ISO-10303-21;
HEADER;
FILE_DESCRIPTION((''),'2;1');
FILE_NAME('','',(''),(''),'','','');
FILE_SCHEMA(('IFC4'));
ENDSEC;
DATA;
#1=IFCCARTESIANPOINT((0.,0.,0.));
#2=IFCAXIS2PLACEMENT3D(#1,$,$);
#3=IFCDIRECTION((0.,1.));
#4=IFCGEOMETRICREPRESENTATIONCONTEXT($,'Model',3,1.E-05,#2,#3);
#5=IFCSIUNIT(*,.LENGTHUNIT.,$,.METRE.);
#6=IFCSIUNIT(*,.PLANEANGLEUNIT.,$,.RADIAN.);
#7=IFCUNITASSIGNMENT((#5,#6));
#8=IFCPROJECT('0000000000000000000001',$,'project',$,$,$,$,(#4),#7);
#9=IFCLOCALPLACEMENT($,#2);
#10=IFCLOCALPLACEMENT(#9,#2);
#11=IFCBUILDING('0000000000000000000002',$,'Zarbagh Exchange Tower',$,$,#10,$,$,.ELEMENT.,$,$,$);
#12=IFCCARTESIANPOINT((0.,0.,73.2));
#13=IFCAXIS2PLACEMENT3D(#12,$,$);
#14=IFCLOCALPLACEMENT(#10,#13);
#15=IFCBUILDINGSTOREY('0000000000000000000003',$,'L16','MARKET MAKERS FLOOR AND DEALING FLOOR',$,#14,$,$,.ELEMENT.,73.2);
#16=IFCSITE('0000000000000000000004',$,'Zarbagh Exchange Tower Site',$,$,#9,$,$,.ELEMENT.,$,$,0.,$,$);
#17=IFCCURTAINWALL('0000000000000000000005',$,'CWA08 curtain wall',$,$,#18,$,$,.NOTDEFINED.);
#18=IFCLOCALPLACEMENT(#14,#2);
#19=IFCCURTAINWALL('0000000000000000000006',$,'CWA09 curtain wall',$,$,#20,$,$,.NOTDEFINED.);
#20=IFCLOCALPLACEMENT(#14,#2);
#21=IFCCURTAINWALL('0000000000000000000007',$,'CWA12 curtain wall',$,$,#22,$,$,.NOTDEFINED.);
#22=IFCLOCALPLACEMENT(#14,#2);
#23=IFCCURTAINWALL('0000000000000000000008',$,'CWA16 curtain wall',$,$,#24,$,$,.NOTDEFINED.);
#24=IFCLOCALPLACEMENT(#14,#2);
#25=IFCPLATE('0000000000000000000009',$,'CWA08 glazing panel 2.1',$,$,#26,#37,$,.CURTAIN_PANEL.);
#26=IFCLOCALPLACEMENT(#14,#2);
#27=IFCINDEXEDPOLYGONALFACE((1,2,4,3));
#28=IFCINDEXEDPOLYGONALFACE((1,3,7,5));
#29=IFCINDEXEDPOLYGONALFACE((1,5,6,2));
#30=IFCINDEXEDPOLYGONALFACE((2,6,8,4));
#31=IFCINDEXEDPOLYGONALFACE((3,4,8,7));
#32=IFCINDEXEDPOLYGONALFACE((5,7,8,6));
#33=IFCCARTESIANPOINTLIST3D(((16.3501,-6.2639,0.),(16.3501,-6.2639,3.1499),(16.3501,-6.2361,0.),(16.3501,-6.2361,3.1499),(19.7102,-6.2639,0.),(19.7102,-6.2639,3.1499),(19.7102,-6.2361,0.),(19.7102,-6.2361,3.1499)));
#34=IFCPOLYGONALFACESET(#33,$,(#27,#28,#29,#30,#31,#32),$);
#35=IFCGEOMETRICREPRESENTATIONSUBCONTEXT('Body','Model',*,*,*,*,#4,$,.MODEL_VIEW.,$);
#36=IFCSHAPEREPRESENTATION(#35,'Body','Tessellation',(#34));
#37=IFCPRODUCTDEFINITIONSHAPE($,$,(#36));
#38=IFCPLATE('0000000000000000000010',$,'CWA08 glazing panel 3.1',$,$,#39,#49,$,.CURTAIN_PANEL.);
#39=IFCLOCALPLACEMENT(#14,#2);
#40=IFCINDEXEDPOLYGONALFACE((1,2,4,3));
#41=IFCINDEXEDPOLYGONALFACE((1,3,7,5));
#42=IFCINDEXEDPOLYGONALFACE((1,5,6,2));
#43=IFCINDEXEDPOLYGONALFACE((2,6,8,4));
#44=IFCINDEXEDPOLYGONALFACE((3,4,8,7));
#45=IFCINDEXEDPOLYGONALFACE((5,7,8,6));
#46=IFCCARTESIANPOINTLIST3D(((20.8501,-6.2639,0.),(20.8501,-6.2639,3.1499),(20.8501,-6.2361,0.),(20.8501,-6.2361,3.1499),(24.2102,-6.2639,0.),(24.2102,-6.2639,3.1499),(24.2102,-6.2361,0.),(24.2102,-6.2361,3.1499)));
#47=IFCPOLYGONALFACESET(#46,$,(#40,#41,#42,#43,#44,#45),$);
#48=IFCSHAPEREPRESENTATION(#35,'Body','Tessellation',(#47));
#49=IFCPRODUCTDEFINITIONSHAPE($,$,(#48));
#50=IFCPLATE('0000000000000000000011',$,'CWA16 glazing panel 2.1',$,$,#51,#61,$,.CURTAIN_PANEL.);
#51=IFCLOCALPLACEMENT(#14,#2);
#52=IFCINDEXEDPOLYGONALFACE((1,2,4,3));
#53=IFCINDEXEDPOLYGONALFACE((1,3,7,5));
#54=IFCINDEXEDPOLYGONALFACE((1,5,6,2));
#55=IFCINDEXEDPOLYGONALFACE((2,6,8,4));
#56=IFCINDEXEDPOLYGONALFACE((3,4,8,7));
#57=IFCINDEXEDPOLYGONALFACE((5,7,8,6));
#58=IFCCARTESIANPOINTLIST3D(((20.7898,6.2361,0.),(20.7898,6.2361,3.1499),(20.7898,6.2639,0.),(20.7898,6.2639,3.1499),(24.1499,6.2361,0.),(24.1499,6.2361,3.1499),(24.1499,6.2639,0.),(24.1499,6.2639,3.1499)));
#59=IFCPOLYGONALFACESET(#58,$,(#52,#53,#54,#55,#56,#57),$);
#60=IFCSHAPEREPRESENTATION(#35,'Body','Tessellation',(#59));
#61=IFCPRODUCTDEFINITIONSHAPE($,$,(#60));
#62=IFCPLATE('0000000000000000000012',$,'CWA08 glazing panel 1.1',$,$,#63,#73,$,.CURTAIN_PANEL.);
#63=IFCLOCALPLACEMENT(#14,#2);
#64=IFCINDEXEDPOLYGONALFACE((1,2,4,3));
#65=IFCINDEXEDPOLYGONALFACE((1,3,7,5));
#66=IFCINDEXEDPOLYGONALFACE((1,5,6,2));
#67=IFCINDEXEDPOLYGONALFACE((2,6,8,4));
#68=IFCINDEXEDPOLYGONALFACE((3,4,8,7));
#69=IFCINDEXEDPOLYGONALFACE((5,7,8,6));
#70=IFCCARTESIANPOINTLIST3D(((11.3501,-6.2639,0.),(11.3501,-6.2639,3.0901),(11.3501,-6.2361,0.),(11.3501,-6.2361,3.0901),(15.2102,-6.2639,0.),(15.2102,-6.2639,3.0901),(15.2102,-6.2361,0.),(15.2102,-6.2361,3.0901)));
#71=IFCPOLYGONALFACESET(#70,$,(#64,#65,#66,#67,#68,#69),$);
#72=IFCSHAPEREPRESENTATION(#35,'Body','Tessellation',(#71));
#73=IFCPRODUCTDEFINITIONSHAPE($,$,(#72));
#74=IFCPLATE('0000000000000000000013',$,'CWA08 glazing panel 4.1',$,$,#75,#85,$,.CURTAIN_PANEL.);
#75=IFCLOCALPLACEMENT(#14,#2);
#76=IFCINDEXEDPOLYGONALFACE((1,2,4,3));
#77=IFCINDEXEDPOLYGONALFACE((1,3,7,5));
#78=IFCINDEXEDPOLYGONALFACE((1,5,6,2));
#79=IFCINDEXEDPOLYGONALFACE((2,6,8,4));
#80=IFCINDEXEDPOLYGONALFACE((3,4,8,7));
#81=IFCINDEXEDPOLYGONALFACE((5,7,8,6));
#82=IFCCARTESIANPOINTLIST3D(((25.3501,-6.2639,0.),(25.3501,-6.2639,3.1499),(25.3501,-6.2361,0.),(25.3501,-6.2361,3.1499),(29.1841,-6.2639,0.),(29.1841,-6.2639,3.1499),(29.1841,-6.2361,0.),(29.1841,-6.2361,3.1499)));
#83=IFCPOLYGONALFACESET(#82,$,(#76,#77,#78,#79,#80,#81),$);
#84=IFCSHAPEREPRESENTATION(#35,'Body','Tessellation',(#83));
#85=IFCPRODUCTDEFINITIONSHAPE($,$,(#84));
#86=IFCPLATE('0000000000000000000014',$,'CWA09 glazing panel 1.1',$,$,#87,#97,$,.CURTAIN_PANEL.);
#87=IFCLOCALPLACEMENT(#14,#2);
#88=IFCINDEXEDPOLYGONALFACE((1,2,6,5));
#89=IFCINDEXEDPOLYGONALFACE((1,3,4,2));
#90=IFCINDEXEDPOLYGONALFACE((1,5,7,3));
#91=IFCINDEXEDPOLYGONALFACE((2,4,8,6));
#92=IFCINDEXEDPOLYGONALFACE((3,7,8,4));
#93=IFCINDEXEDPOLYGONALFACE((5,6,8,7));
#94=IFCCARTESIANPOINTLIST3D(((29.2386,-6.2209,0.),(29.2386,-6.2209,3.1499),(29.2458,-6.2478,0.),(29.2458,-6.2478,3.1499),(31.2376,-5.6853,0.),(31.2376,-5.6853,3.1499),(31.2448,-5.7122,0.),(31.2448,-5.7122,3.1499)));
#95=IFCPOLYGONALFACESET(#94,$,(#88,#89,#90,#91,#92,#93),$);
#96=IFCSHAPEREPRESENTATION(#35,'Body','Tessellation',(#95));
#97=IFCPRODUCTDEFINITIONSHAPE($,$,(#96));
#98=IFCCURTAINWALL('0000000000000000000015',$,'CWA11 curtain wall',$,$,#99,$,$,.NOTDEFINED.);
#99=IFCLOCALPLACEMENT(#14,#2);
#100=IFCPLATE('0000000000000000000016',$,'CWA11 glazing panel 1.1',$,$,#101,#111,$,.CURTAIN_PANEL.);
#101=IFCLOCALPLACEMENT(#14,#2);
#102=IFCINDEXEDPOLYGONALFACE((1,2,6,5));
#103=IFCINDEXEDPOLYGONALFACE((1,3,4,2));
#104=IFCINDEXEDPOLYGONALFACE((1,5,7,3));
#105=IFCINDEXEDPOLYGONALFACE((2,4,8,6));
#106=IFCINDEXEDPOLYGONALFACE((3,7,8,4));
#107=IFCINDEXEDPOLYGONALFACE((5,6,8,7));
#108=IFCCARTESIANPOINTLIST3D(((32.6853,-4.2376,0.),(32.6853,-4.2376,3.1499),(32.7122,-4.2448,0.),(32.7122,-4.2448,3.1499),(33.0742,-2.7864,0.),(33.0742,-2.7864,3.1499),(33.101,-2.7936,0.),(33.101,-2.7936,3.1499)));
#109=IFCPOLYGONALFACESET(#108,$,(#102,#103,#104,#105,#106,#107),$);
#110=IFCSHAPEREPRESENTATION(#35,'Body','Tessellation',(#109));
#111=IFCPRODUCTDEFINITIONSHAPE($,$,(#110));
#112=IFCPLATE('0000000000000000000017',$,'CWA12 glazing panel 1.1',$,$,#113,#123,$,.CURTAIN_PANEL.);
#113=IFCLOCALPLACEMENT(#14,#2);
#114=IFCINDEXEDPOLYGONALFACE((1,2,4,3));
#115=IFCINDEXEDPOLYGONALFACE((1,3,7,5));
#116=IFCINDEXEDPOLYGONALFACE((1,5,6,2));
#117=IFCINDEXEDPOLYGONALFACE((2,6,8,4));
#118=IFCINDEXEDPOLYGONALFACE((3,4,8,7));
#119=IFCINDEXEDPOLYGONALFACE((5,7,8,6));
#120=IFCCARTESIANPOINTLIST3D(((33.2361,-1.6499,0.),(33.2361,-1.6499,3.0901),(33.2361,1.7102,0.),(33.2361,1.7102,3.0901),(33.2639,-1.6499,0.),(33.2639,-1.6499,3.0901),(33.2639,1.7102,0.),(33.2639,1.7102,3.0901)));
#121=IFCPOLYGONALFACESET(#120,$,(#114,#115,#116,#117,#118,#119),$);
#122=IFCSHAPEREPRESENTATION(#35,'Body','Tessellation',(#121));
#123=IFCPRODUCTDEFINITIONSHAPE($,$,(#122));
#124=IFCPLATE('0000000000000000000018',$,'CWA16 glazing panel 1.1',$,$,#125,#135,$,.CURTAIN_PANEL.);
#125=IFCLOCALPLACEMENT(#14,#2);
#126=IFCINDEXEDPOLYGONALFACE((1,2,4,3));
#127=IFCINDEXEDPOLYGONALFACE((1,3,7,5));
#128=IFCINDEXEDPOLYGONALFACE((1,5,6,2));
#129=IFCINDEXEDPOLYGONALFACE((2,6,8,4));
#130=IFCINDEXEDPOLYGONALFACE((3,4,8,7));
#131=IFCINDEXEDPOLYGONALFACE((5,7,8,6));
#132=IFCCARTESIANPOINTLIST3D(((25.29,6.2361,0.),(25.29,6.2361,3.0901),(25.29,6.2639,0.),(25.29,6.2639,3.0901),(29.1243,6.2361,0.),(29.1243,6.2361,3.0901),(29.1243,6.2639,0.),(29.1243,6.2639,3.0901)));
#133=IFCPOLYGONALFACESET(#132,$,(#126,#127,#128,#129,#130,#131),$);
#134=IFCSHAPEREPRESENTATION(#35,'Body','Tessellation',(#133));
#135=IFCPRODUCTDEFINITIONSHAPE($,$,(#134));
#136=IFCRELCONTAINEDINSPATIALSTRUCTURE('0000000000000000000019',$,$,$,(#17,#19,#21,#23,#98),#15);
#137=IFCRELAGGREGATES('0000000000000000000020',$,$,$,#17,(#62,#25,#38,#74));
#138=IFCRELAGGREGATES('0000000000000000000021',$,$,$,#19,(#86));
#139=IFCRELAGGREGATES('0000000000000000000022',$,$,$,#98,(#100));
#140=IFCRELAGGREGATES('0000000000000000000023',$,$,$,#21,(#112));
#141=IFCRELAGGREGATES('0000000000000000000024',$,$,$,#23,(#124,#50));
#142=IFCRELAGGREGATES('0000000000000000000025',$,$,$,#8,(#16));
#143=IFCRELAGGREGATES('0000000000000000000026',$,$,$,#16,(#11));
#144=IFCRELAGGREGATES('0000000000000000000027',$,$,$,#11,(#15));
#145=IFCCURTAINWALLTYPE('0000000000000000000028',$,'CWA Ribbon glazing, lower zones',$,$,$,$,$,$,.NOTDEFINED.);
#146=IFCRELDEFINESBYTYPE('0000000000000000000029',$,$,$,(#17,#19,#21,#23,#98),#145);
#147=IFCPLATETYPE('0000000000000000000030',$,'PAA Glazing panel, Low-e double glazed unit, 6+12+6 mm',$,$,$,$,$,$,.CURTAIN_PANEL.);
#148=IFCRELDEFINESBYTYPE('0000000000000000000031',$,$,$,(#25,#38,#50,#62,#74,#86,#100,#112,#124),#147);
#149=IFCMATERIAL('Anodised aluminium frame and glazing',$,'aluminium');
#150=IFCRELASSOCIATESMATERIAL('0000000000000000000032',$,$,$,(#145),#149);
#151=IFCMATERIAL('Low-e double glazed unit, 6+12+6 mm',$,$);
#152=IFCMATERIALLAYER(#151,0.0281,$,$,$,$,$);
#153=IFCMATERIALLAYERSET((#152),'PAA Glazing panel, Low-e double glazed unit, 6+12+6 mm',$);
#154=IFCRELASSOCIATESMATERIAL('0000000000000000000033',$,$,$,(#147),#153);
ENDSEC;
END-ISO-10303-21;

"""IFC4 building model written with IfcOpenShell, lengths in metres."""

from ifc_helpers import new_model, si_unit, direction, frame, origin, place, context, subcontext, project, spatial, polyline, outline, extrude, source, transform, mapped, material, layer, layer_set, type_object, element, aggregate, save


model = new_model("IFC4")

# Units and contexts
model_context = context("Model", 3, precision=1e-05, world=origin(), true_north=direction((0.0, 1.0)))
body_context = subcontext(model_context, "Body", "Model", "MODEL_VIEW")
ifc_project = project(units=[si_unit("LENGTHUNIT", "METRE"), si_unit("PLANEANGLEUNIT", "RADIAN")], contexts=[model_context])

# Site, building, storey
site_placement = place(None, origin())
site = spatial("IfcSite", under=ifc_project, at=site_placement, Name="Zarbagh Exchange Tower Site", CompositionType="ELEMENT", RefElevation=0.0)
building_placement = place(site_placement, origin())
building = spatial("IfcBuilding", under=site, at=building_placement, Name="Zarbagh Exchange Tower", CompositionType="ELEMENT")
storey_placement = place(building_placement, frame((0.0, 0.0, 73.2)))
storey = spatial("IfcBuildingStorey", under=building, at=storey_placement, Name="L16", Description="MARKET MAKERS FLOOR AND DEALING FLOOR", CompositionType="ELEMENT", Elevation=73.2)

# Curtain wall
ifc_material_1 = material(Name="Anodised aluminium frame and glazing", Category="aluminium")
curtain_wall_type = type_object("IfcCurtainWallType", Name="CWA Ribbon glazing, lower zones", PredefinedType="NOTDEFINED", material=ifc_material_1)
curtain_wall_1_placement = place(storey_placement, origin())
curtain_wall_1 = element("IfcCurtainWall", 1, at=curtain_wall_1_placement, inside=storey, type_object=curtain_wall_type, Name="CWA08 curtain wall", PredefinedType="NOTDEFINED")
placement = place(storey_placement, origin())

# Curtain walls
curtain_wall_2_placement = place(storey_placement, origin())
curtain_wall_2 = element("IfcCurtainWall", 2, at=curtain_wall_2_placement, inside=storey, type_object=curtain_wall_type, Name="CWA09 curtain wall", PredefinedType="NOTDEFINED")
curtain_wall_3_placement = place(storey_placement, origin())
curtain_wall_3 = element("IfcCurtainWall", 3, at=curtain_wall_3_placement, inside=storey, type_object=curtain_wall_type, Name="CWA12 curtain wall", PredefinedType="NOTDEFINED")

# Curtain wall
curtain_wall_4_placement = place(storey_placement, origin())
curtain_wall_4 = element("IfcCurtainWall", 4, at=curtain_wall_4_placement, inside=storey, type_object=curtain_wall_type, Name="CWA16 curtain wall", PredefinedType="NOTDEFINED")

# Shared definitions
ifc_material_2 = material(Name="Low-e double glazed unit, 6+12+6 mm")
ifc_layer = layer(ifc_material_2, 0.0281)
ifc_layer_set = layer_set([ifc_layer], Name="PAA Glazing panel, Low-e double glazed unit, 6+12+6 mm")
plate_type = type_object("IfcPlateType", Name="PAA Glazing panel, Low-e double glazed unit, 6+12+6 mm", PredefinedType="CURTAIN_PANEL", material=ifc_layer_set)

# Plates
shared_shape_1 = source(origin(), body_context, "Body", "SweptSolid", [
    extrude(outline(polyline([(0.0, -0.0139), (3.3601, -0.0139), (3.3601, 0.0139), (0.0, 0.0139), (0.0, -0.0139)])), origin(), (0.0, 0.0, 1.0), 3.1499),
])
plate_1 = element("IfcPlate", 5, at=placement, type_object=plate_type, Name="CWA08 glazing panel 2.1", PredefinedType="CURTAIN_PANEL", context=body_context, shape_type="MappedRepresentation", body=[
    mapped(shared_shape_1, transform((16.3501, -6.25, 0.0), x_axis=(1.0, 0.0, 0.0), y_axis=(0.0, 1.0, 0.0), z_axis=(0.0, 0.0, 1.0))),
])
plate_2 = element("IfcPlate", 6, at=placement, type_object=plate_type, Name="CWA08 glazing panel 3.1", PredefinedType="CURTAIN_PANEL", context=body_context, shape_type="MappedRepresentation", body=[
    mapped(shared_shape_1, transform((20.8501, -6.25, 0.0), x_axis=(1.0, 0.0, 0.0), y_axis=(0.0, 1.0, 0.0), z_axis=(0.0, 0.0, 1.0))),
])
plate_3 = element("IfcPlate", 7, at=placement, type_object=plate_type, Name="CWA16 glazing panel 2.1", PredefinedType="CURTAIN_PANEL", context=body_context, shape_type="MappedRepresentation", body=[
    mapped(shared_shape_1, transform((24.1499, 6.25, 0.0), x_axis=(-1.0, 0.0, 0.0), y_axis=(0.0, -1.0, 0.0), z_axis=(0.0, 0.0, 1.0))),
])
shared_shape_2 = source(origin(), body_context, "Body", "SweptSolid", [
    extrude(outline(polyline([(0.0, -0.0139), (3.8601, -0.0139), (3.8601, 0.0139), (0.0, 0.0139), (0.0, -0.0139)])), origin(), (0.0, 0.0, 1.0), 3.0901),
])
plate_4 = element("IfcPlate", 8, at=placement, type_object=plate_type, Name="CWA08 glazing panel 1.1", PredefinedType="CURTAIN_PANEL", context=body_context, shape_type="MappedRepresentation", body=[
    mapped(shared_shape_2, transform((11.3501, -6.25, 0.0), x_axis=(1.0, 0.0, 0.0), y_axis=(0.0, 1.0, 0.0), z_axis=(0.0, 0.0, 1.0))),
])
shared_shape_3 = source(origin(), body_context, "Body", "SweptSolid", [
    extrude(outline(polyline([(0.0, -0.0139), (3.834, -0.0139), (3.834, 0.0139), (0.0, 0.0139), (0.0, -0.0139)])), origin(), (0.0, 0.0, 1.0), 3.1499),
])
plate_5 = element("IfcPlate", 9, at=placement, type_object=plate_type, Name="CWA08 glazing panel 4.1", PredefinedType="CURTAIN_PANEL", context=body_context, shape_type="MappedRepresentation", body=[
    mapped(shared_shape_3, transform((25.3501, -6.25, 0.0), x_axis=(1.0, 0.0, 0.0), y_axis=(0.0, 1.0, 0.0), z_axis=(0.0, 0.0, 1.0))),
])
aggregate(curtain_wall_1, [plate_4, plate_1, plate_2, plate_5])
shared_shape_4 = source(origin(), body_context, "Body", "SweptSolid", [
    extrude(outline(polyline([(0.0, -0.0139), (2.0696, -0.0139), (2.0696, 0.0139), (0.0, 0.0139), (0.0, -0.0139)])), origin(), (0.0, 0.0, 1.0), 3.1499),
])
plate_6 = element("IfcPlate", 10, at=placement, type_object=plate_type, Name="CWA09 glazing panel 1.1", PredefinedType="CURTAIN_PANEL", context=body_context, shape_type="MappedRepresentation", body=[
    mapped(shared_shape_4, transform((29.2422, -6.2344, 0.0), x_axis=(0.965924, 0.258825, 0.0), y_axis=(-0.258825, 0.965924, 0.0), z_axis=(0.0, 0.0, 1.0))),
])
aggregate(curtain_wall_2, [plate_6])

# Curtain wall, plate
curtain_wall_5_placement = place(storey_placement, origin())
curtain_wall_5 = element("IfcCurtainWall", 11, at=curtain_wall_5_placement, inside=storey, type_object=curtain_wall_type, Name="CWA11 curtain wall", PredefinedType="NOTDEFINED")
shared_shape_5 = source(origin(), body_context, "Body", "SweptSolid", [
    extrude(outline(polyline([(0.0, -0.0139), (1.5024, -0.0139), (1.5024, 0.0139), (0.0, 0.0139), (0.0, -0.0139)])), origin(), (0.0, 0.0, 1.0), 3.1499),
])
plate_7 = element("IfcPlate", 12, at=placement, type_object=plate_type, Name="CWA11 glazing panel 1.1", PredefinedType="CURTAIN_PANEL", context=body_context, shape_type="MappedRepresentation", body=[
    mapped(shared_shape_5, transform((32.6987, -4.2412, 0.0), x_axis=(0.258825, 0.965924, 0.0), y_axis=(-0.965924, 0.258825, 0.0), z_axis=(0.0, 0.0, 1.0))),
])
aggregate(curtain_wall_5, [plate_7])

# Plates
shared_shape_6 = source(origin(), body_context, "Body", "SweptSolid", [
    extrude(outline(polyline([(0.0, -0.0139), (3.3601, -0.0139), (3.3601, 0.0139), (0.0, 0.0139), (0.0, -0.0139)])), origin(), (0.0, 0.0, 1.0), 3.0901),
])
plate_8 = element("IfcPlate", 13, at=placement, type_object=plate_type, Name="CWA12 glazing panel 1.1", PredefinedType="CURTAIN_PANEL", context=body_context, shape_type="MappedRepresentation", body=[
    mapped(shared_shape_6, transform((33.25, -1.6499, 0.0), x_axis=(0.0, 1.0, 0.0), y_axis=(-1.0, 0.0, 0.0), z_axis=(0.0, 0.0, 1.0))),
])
aggregate(curtain_wall_3, [plate_8])
shared_shape_7 = source(origin(), body_context, "Body", "SweptSolid", [
    extrude(outline(polyline([(0.0, -0.0139), (3.8342, -0.0139), (3.8342, 0.0139), (0.0, 0.0139), (0.0, -0.0139)])), origin(), (0.0, 0.0, 1.0), 3.0901),
])
plate_9 = element("IfcPlate", 14, at=placement, type_object=plate_type, Name="CWA16 glazing panel 1.1", PredefinedType="CURTAIN_PANEL", context=body_context, shape_type="MappedRepresentation", body=[
    mapped(shared_shape_7, transform((29.1243, 6.25, 0.0), x_axis=(-1.0, 0.0, 0.0), y_axis=(0.0, -1.0, 0.0), z_axis=(0.0, 0.0, 1.0))),
])
aggregate(curtain_wall_4, [plate_9, plate_3])

save(model, "model.ifc")
